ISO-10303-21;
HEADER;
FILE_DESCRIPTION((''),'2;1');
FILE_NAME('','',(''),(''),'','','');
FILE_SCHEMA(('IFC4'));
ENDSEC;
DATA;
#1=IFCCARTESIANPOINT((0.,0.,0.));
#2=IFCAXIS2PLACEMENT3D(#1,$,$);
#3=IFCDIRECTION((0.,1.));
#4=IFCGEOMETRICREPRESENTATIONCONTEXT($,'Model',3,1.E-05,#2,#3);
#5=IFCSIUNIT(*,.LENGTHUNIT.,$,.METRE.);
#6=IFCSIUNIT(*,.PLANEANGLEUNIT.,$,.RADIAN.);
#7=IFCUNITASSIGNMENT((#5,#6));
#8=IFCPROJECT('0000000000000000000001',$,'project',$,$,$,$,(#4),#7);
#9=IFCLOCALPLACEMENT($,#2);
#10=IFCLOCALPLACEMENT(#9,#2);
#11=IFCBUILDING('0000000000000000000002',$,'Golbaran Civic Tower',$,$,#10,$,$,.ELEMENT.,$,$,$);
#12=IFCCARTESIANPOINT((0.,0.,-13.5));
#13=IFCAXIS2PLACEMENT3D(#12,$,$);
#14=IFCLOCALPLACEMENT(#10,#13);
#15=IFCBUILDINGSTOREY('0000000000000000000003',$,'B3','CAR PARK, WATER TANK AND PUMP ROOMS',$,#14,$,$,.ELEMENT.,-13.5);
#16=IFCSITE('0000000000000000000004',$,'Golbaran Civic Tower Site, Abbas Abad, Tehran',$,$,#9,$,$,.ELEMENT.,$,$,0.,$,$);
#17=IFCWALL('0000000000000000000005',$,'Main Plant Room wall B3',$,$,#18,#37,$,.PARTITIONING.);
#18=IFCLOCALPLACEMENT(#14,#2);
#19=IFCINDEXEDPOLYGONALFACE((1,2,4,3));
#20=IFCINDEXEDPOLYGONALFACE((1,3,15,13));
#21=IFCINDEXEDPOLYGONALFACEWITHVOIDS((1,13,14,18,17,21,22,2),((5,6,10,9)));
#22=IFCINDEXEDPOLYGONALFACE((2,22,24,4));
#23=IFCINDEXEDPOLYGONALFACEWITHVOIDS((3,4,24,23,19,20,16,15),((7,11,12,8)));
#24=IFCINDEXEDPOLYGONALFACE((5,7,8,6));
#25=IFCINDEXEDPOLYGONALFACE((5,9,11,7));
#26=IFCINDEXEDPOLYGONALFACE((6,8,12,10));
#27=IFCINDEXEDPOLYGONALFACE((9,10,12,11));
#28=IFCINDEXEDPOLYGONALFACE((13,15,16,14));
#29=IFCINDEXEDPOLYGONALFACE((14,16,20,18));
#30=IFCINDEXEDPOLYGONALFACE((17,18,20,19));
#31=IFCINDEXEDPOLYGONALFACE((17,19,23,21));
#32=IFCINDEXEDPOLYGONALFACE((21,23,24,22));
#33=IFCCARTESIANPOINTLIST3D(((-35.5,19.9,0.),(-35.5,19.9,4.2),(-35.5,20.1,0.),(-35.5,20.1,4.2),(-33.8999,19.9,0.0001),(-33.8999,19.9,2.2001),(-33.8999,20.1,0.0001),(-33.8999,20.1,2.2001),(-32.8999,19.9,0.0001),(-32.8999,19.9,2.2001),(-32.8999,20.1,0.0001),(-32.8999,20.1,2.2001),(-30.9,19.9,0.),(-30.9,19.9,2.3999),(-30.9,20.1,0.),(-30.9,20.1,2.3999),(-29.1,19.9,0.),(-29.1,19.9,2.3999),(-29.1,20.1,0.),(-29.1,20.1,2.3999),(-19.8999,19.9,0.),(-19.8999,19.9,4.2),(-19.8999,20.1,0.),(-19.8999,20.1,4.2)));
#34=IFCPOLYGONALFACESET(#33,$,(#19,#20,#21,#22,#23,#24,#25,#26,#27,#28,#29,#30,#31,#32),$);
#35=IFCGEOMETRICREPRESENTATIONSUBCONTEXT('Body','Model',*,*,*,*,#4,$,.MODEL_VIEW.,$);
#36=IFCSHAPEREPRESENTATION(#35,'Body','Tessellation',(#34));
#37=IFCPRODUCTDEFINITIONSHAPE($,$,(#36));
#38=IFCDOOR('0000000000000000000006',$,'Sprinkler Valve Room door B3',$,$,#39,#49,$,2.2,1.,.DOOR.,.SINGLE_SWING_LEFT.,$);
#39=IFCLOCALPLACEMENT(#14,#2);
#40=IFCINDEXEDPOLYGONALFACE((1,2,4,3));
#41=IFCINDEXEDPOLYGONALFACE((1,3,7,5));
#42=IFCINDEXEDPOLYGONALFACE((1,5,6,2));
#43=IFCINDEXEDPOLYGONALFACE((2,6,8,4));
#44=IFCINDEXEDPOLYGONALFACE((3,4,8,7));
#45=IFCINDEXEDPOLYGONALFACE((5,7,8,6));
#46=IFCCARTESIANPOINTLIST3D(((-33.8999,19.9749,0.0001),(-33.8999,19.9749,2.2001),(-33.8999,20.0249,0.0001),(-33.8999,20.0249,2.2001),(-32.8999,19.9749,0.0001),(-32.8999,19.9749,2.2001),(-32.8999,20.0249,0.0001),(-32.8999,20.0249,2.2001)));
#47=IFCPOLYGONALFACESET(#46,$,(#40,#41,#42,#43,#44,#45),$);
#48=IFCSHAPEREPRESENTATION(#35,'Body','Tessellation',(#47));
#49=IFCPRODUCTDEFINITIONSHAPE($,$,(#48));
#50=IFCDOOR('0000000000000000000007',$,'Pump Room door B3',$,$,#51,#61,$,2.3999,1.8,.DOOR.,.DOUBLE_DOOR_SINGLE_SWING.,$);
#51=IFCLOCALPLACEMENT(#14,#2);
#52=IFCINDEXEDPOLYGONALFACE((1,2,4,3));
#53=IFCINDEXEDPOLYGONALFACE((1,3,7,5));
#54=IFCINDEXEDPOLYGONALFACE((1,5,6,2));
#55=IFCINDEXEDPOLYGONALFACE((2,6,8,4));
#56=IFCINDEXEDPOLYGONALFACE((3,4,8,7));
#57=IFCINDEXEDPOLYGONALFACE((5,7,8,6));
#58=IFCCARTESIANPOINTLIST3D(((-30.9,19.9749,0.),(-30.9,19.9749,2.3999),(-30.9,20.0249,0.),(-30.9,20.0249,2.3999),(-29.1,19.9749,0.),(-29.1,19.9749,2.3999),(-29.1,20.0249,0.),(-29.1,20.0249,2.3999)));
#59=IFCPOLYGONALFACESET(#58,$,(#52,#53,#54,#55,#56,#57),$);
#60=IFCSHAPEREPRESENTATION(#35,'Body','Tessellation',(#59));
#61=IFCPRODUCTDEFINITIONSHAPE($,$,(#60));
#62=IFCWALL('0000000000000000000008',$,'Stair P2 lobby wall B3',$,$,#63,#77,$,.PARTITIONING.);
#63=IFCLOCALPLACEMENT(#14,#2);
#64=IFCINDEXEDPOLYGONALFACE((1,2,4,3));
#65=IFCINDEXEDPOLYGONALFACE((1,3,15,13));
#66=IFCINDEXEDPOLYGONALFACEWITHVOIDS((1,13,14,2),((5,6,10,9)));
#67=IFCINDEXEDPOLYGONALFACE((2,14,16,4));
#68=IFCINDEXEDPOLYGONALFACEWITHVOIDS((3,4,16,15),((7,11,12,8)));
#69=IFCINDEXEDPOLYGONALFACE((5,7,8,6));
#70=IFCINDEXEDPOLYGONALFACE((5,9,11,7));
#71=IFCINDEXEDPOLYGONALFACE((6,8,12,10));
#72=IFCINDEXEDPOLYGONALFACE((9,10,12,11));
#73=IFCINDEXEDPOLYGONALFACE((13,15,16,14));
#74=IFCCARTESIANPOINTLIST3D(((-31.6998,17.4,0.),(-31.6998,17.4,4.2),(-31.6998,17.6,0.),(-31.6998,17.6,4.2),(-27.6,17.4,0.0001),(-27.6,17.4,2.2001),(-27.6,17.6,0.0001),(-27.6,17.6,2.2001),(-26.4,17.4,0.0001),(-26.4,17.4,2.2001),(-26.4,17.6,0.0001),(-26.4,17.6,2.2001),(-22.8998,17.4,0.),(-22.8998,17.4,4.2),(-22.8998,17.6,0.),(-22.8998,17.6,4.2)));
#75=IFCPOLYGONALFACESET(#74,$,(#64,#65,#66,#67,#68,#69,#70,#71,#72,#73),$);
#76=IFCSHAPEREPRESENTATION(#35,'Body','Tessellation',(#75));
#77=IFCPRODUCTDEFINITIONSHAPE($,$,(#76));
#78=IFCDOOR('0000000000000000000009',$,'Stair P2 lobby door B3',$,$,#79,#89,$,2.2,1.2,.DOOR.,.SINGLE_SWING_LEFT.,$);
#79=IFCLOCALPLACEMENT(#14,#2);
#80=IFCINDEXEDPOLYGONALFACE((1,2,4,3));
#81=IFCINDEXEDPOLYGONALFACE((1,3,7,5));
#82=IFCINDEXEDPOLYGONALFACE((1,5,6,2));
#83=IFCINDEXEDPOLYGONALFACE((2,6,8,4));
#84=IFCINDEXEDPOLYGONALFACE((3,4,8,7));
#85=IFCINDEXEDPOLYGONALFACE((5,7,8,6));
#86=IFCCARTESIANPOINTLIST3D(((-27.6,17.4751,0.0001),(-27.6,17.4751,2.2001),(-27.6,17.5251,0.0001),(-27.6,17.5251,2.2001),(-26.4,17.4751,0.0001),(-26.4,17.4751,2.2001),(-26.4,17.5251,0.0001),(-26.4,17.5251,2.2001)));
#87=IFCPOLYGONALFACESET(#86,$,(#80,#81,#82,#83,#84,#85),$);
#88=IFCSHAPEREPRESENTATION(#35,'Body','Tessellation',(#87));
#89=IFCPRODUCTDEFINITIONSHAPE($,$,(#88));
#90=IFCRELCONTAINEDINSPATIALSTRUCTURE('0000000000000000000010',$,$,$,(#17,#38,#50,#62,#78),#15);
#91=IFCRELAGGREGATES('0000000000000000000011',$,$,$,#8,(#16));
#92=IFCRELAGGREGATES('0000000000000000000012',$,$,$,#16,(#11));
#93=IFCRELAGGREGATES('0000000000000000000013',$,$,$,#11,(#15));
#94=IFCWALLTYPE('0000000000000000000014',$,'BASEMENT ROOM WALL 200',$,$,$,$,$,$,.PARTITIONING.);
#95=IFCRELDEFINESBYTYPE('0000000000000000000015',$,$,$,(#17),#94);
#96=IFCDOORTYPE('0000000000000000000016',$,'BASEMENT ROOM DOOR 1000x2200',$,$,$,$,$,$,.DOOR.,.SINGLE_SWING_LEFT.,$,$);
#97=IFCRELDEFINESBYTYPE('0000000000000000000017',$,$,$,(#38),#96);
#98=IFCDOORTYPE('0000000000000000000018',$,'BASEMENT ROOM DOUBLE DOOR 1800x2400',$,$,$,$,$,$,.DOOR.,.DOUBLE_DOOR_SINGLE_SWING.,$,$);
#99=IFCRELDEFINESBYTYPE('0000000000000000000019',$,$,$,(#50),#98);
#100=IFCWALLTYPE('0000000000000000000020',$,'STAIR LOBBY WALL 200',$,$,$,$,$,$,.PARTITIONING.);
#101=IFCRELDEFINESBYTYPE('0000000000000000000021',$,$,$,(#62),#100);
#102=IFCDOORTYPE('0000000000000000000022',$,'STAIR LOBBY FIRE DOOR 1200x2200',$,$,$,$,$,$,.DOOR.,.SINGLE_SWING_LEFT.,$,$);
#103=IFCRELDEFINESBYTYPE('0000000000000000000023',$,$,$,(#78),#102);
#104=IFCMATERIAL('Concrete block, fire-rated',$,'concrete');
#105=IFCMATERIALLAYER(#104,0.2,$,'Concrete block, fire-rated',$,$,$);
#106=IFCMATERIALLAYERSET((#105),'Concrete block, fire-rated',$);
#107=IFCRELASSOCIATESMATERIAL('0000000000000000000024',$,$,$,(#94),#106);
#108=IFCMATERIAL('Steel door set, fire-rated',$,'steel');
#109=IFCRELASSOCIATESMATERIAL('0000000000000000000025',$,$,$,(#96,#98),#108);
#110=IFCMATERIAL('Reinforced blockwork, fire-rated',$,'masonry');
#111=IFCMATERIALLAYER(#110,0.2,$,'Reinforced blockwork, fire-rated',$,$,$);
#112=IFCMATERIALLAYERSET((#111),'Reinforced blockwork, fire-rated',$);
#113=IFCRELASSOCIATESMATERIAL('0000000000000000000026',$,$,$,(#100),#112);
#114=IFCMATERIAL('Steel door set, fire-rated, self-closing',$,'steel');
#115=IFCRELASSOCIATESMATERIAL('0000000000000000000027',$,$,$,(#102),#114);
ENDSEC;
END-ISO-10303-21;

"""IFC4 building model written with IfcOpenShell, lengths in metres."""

from ifc_helpers import new_model, si_unit, direction, frame, frame_2d, origin, place, context, subcontext, project, spatial, rectangle, extrude, material, layer, layer_set, type_object, element, fill, save


model = new_model("IFC4")

# Units and contexts
model_context = context("Model", 3, precision=1e-05, world=origin(), true_north=direction((0.0, 1.0)))
body_context = subcontext(model_context, "Body", "Model", "MODEL_VIEW")
ifc_project = project(units=[si_unit("LENGTHUNIT", "METRE"), si_unit("PLANEANGLEUNIT", "RADIAN")], contexts=[model_context])

# Site, building, storey
site_placement = place(None, origin())
site = spatial("IfcSite", under=ifc_project, at=site_placement, Name="Golbaran Civic Tower Site, Abbas Abad, Tehran", CompositionType="ELEMENT", RefElevation=0.0)
building_placement = place(site_placement, origin())
building = spatial("IfcBuilding", under=site, at=building_placement, Name="Golbaran Civic Tower", CompositionType="ELEMENT")
storey_placement = place(building_placement, frame((0.0, 0.0, -13.5)))
storey = spatial("IfcBuildingStorey", under=building, at=storey_placement, Name="B3", Description="CAR PARK, WATER TANK AND PUMP ROOMS", CompositionType="ELEMENT", Elevation=-13.5)

# Shared definitions
ifc_material_1 = material(Name="Concrete block, fire-rated", Category="concrete")

# Wall, openings, doors
ifc_layer_1 = layer(ifc_material_1, 0.2, Name="Concrete block, fire-rated")
ifc_layer_set_1 = layer_set([ifc_layer_1], Name="Concrete block, fire-rated")
wall_type_1 = type_object("IfcWallType", Name="BASEMENT ROOM WALL 200", PredefinedType="PARTITIONING", material=ifc_layer_set_1)
wall_1_placement = place(storey_placement, frame((-35.5, 20.0, 0.0), z_axis=(0.0, 0.0, 1.0), x_axis=(1.0, 0.0, 0.0)))
wall_1 = element("IfcWall", 1, at=wall_1_placement, inside=storey, type_object=wall_type_1, Name="Main Plant Room wall B3", PredefinedType="PARTITIONING", context=body_context, shape_type="SweptSolid", body=[
    extrude(rectangle(XDim=15.6001, YDim=0.2, at=frame_2d((7.8, 0.0))), origin(), (0.0, 0.0, 1.0), 4.2),
])
opening_1_placement = place(wall_1_placement, frame((4.6001, 0.0, 0.0)))
opening_1 = element("IfcOpeningElement", 2, at=opening_1_placement, cuts=wall_1, PredefinedType="OPENING", context=body_context, shape_type="SweptSolid", body=[
    extrude(rectangle(XDim=1.8, YDim=2.3999, at=frame_2d((0.8999, 1.2))), frame((0.0, 0.1099, 0.0), z_axis=(0.0, -1.0, 0.0), x_axis=(1.0, 0.0, 0.0)), (0.0, 0.0, 1.0), 0.22),
])
opening_2_placement = place(wall_1_placement, frame((1.6001, 0.0, 0.0)))
opening_2 = element("IfcOpeningElement", 3, at=opening_2_placement, cuts=wall_1, PredefinedType="OPENING", context=body_context, shape_type="SweptSolid", body=[
    extrude(rectangle(XDim=1.0, YDim=2.2, at=frame_2d((0.5, 1.1001))), frame((0.0, 0.1099, 0.0), z_axis=(0.0, -1.0, 0.0), x_axis=(1.0, 0.0, 0.0)), (0.0, 0.0, 1.0), 0.22),
])
ifc_material_2 = material(Name="Steel door set, fire-rated", Category="steel")
door_type_1 = type_object("IfcDoorType", Name="BASEMENT ROOM DOOR 1000x2200", OperationType="SINGLE_SWING_LEFT", PredefinedType="DOOR", material=ifc_material_2)
door_1_placement = place(opening_2_placement, origin())
door_1 = element("IfcDoor", 4, at=door_1_placement, inside=storey, type_object=door_type_1, Name="Sprinkler Valve Room door B3", OperationType="SINGLE_SWING_LEFT", OverallHeight=2.2, OverallWidth=1.0, PredefinedType="DOOR", context=body_context, shape_type="SweptSolid", body=[
    extrude(rectangle(XDim=1.0, YDim=2.2, at=frame_2d((0.5, 1.1001))), frame((0.0, 0.0249, 0.0), z_axis=(0.0, -1.0, 0.0), x_axis=(1.0, 0.0, 0.0)), (0.0, 0.0, 1.0), 0.05),
])
fill(opening_2, door_1)
door_type_2 = type_object("IfcDoorType", Name="BASEMENT ROOM DOUBLE DOOR 1800x2400", OperationType="DOUBLE_DOOR_SINGLE_SWING", PredefinedType="DOOR", material=ifc_material_2)
door_2_placement = place(opening_1_placement, origin())
door_2 = element("IfcDoor", 5, at=door_2_placement, inside=storey, type_object=door_type_2, Name="Pump Room door B3", OperationType="DOUBLE_DOOR_SINGLE_SWING", OverallHeight=2.3999, OverallWidth=1.8, PredefinedType="DOOR", context=body_context, shape_type="SweptSolid", body=[
    extrude(rectangle(XDim=1.8, YDim=2.3999, at=frame_2d((0.8999, 1.2))), frame((0.0, 0.0249, 0.0), z_axis=(0.0, -1.0, 0.0), x_axis=(1.0, 0.0, 0.0)), (0.0, 0.0, 1.0), 0.05),
])
fill(opening_1, door_2)

# Wall, opening, door
ifc_material_3 = material(Name="Reinforced blockwork, fire-rated", Category="masonry")
ifc_layer_2 = layer(ifc_material_3, 0.2, Name="Reinforced blockwork, fire-rated")
ifc_layer_set_2 = layer_set([ifc_layer_2], Name="Reinforced blockwork, fire-rated")
wall_type_2 = type_object("IfcWallType", Name="STAIR LOBBY WALL 200", PredefinedType="PARTITIONING", material=ifc_layer_set_2)
wall_2_placement = place(storey_placement, frame((-22.8999, 17.5, 0.0), z_axis=(0.0, 0.0, 1.0), x_axis=(-1.0, 0.0, 0.0)))
wall_2 = element("IfcWall", 6, at=wall_2_placement, inside=storey, type_object=wall_type_2, Name="Stair P2 lobby wall B3", PredefinedType="PARTITIONING", context=body_context, shape_type="SweptSolid", body=[
    extrude(rectangle(XDim=8.8, YDim=0.2, at=frame_2d((4.3999, 0.0))), origin(), (0.0, 0.0, 1.0), 4.2),
])
opening_3_placement = place(wall_2_placement, frame((3.5, 0.0, 0.0)))
opening_3 = element("IfcOpeningElement", 7, at=opening_3_placement, cuts=wall_2, PredefinedType="OPENING", context=body_context, shape_type="SweptSolid", body=[
    extrude(rectangle(XDim=1.2, YDim=2.2, at=frame_2d((0.6001, 1.1001))), frame((0.0, 0.1099, 0.0), z_axis=(0.0, -1.0, 0.0), x_axis=(1.0, 0.0, 0.0)), (0.0, 0.0, 1.0), 0.22),
])
ifc_material_4 = material(Name="Steel door set, fire-rated, self-closing", Category="steel")
door_type_3 = type_object("IfcDoorType", Name="STAIR LOBBY FIRE DOOR 1200x2200", OperationType="SINGLE_SWING_LEFT", PredefinedType="DOOR", material=ifc_material_4)
door_3_placement = place(opening_3_placement, origin())
door_3 = element("IfcDoor", 8, at=door_3_placement, inside=storey, type_object=door_type_3, Name="Stair P2 lobby door B3", OperationType="SINGLE_SWING_LEFT", OverallHeight=2.2, OverallWidth=1.2, PredefinedType="DOOR", context=body_context, shape_type="SweptSolid", body=[
    extrude(rectangle(XDim=1.2, YDim=2.2, at=frame_2d((0.6001, 1.1001))), frame((0.0, 0.0249, 0.0), z_axis=(0.0, -1.0, 0.0), x_axis=(1.0, 0.0, 0.0)), (0.0, 0.0, 1.0), 0.05),
])
fill(opening_3, door_3)

save(model, "model.ifc")
